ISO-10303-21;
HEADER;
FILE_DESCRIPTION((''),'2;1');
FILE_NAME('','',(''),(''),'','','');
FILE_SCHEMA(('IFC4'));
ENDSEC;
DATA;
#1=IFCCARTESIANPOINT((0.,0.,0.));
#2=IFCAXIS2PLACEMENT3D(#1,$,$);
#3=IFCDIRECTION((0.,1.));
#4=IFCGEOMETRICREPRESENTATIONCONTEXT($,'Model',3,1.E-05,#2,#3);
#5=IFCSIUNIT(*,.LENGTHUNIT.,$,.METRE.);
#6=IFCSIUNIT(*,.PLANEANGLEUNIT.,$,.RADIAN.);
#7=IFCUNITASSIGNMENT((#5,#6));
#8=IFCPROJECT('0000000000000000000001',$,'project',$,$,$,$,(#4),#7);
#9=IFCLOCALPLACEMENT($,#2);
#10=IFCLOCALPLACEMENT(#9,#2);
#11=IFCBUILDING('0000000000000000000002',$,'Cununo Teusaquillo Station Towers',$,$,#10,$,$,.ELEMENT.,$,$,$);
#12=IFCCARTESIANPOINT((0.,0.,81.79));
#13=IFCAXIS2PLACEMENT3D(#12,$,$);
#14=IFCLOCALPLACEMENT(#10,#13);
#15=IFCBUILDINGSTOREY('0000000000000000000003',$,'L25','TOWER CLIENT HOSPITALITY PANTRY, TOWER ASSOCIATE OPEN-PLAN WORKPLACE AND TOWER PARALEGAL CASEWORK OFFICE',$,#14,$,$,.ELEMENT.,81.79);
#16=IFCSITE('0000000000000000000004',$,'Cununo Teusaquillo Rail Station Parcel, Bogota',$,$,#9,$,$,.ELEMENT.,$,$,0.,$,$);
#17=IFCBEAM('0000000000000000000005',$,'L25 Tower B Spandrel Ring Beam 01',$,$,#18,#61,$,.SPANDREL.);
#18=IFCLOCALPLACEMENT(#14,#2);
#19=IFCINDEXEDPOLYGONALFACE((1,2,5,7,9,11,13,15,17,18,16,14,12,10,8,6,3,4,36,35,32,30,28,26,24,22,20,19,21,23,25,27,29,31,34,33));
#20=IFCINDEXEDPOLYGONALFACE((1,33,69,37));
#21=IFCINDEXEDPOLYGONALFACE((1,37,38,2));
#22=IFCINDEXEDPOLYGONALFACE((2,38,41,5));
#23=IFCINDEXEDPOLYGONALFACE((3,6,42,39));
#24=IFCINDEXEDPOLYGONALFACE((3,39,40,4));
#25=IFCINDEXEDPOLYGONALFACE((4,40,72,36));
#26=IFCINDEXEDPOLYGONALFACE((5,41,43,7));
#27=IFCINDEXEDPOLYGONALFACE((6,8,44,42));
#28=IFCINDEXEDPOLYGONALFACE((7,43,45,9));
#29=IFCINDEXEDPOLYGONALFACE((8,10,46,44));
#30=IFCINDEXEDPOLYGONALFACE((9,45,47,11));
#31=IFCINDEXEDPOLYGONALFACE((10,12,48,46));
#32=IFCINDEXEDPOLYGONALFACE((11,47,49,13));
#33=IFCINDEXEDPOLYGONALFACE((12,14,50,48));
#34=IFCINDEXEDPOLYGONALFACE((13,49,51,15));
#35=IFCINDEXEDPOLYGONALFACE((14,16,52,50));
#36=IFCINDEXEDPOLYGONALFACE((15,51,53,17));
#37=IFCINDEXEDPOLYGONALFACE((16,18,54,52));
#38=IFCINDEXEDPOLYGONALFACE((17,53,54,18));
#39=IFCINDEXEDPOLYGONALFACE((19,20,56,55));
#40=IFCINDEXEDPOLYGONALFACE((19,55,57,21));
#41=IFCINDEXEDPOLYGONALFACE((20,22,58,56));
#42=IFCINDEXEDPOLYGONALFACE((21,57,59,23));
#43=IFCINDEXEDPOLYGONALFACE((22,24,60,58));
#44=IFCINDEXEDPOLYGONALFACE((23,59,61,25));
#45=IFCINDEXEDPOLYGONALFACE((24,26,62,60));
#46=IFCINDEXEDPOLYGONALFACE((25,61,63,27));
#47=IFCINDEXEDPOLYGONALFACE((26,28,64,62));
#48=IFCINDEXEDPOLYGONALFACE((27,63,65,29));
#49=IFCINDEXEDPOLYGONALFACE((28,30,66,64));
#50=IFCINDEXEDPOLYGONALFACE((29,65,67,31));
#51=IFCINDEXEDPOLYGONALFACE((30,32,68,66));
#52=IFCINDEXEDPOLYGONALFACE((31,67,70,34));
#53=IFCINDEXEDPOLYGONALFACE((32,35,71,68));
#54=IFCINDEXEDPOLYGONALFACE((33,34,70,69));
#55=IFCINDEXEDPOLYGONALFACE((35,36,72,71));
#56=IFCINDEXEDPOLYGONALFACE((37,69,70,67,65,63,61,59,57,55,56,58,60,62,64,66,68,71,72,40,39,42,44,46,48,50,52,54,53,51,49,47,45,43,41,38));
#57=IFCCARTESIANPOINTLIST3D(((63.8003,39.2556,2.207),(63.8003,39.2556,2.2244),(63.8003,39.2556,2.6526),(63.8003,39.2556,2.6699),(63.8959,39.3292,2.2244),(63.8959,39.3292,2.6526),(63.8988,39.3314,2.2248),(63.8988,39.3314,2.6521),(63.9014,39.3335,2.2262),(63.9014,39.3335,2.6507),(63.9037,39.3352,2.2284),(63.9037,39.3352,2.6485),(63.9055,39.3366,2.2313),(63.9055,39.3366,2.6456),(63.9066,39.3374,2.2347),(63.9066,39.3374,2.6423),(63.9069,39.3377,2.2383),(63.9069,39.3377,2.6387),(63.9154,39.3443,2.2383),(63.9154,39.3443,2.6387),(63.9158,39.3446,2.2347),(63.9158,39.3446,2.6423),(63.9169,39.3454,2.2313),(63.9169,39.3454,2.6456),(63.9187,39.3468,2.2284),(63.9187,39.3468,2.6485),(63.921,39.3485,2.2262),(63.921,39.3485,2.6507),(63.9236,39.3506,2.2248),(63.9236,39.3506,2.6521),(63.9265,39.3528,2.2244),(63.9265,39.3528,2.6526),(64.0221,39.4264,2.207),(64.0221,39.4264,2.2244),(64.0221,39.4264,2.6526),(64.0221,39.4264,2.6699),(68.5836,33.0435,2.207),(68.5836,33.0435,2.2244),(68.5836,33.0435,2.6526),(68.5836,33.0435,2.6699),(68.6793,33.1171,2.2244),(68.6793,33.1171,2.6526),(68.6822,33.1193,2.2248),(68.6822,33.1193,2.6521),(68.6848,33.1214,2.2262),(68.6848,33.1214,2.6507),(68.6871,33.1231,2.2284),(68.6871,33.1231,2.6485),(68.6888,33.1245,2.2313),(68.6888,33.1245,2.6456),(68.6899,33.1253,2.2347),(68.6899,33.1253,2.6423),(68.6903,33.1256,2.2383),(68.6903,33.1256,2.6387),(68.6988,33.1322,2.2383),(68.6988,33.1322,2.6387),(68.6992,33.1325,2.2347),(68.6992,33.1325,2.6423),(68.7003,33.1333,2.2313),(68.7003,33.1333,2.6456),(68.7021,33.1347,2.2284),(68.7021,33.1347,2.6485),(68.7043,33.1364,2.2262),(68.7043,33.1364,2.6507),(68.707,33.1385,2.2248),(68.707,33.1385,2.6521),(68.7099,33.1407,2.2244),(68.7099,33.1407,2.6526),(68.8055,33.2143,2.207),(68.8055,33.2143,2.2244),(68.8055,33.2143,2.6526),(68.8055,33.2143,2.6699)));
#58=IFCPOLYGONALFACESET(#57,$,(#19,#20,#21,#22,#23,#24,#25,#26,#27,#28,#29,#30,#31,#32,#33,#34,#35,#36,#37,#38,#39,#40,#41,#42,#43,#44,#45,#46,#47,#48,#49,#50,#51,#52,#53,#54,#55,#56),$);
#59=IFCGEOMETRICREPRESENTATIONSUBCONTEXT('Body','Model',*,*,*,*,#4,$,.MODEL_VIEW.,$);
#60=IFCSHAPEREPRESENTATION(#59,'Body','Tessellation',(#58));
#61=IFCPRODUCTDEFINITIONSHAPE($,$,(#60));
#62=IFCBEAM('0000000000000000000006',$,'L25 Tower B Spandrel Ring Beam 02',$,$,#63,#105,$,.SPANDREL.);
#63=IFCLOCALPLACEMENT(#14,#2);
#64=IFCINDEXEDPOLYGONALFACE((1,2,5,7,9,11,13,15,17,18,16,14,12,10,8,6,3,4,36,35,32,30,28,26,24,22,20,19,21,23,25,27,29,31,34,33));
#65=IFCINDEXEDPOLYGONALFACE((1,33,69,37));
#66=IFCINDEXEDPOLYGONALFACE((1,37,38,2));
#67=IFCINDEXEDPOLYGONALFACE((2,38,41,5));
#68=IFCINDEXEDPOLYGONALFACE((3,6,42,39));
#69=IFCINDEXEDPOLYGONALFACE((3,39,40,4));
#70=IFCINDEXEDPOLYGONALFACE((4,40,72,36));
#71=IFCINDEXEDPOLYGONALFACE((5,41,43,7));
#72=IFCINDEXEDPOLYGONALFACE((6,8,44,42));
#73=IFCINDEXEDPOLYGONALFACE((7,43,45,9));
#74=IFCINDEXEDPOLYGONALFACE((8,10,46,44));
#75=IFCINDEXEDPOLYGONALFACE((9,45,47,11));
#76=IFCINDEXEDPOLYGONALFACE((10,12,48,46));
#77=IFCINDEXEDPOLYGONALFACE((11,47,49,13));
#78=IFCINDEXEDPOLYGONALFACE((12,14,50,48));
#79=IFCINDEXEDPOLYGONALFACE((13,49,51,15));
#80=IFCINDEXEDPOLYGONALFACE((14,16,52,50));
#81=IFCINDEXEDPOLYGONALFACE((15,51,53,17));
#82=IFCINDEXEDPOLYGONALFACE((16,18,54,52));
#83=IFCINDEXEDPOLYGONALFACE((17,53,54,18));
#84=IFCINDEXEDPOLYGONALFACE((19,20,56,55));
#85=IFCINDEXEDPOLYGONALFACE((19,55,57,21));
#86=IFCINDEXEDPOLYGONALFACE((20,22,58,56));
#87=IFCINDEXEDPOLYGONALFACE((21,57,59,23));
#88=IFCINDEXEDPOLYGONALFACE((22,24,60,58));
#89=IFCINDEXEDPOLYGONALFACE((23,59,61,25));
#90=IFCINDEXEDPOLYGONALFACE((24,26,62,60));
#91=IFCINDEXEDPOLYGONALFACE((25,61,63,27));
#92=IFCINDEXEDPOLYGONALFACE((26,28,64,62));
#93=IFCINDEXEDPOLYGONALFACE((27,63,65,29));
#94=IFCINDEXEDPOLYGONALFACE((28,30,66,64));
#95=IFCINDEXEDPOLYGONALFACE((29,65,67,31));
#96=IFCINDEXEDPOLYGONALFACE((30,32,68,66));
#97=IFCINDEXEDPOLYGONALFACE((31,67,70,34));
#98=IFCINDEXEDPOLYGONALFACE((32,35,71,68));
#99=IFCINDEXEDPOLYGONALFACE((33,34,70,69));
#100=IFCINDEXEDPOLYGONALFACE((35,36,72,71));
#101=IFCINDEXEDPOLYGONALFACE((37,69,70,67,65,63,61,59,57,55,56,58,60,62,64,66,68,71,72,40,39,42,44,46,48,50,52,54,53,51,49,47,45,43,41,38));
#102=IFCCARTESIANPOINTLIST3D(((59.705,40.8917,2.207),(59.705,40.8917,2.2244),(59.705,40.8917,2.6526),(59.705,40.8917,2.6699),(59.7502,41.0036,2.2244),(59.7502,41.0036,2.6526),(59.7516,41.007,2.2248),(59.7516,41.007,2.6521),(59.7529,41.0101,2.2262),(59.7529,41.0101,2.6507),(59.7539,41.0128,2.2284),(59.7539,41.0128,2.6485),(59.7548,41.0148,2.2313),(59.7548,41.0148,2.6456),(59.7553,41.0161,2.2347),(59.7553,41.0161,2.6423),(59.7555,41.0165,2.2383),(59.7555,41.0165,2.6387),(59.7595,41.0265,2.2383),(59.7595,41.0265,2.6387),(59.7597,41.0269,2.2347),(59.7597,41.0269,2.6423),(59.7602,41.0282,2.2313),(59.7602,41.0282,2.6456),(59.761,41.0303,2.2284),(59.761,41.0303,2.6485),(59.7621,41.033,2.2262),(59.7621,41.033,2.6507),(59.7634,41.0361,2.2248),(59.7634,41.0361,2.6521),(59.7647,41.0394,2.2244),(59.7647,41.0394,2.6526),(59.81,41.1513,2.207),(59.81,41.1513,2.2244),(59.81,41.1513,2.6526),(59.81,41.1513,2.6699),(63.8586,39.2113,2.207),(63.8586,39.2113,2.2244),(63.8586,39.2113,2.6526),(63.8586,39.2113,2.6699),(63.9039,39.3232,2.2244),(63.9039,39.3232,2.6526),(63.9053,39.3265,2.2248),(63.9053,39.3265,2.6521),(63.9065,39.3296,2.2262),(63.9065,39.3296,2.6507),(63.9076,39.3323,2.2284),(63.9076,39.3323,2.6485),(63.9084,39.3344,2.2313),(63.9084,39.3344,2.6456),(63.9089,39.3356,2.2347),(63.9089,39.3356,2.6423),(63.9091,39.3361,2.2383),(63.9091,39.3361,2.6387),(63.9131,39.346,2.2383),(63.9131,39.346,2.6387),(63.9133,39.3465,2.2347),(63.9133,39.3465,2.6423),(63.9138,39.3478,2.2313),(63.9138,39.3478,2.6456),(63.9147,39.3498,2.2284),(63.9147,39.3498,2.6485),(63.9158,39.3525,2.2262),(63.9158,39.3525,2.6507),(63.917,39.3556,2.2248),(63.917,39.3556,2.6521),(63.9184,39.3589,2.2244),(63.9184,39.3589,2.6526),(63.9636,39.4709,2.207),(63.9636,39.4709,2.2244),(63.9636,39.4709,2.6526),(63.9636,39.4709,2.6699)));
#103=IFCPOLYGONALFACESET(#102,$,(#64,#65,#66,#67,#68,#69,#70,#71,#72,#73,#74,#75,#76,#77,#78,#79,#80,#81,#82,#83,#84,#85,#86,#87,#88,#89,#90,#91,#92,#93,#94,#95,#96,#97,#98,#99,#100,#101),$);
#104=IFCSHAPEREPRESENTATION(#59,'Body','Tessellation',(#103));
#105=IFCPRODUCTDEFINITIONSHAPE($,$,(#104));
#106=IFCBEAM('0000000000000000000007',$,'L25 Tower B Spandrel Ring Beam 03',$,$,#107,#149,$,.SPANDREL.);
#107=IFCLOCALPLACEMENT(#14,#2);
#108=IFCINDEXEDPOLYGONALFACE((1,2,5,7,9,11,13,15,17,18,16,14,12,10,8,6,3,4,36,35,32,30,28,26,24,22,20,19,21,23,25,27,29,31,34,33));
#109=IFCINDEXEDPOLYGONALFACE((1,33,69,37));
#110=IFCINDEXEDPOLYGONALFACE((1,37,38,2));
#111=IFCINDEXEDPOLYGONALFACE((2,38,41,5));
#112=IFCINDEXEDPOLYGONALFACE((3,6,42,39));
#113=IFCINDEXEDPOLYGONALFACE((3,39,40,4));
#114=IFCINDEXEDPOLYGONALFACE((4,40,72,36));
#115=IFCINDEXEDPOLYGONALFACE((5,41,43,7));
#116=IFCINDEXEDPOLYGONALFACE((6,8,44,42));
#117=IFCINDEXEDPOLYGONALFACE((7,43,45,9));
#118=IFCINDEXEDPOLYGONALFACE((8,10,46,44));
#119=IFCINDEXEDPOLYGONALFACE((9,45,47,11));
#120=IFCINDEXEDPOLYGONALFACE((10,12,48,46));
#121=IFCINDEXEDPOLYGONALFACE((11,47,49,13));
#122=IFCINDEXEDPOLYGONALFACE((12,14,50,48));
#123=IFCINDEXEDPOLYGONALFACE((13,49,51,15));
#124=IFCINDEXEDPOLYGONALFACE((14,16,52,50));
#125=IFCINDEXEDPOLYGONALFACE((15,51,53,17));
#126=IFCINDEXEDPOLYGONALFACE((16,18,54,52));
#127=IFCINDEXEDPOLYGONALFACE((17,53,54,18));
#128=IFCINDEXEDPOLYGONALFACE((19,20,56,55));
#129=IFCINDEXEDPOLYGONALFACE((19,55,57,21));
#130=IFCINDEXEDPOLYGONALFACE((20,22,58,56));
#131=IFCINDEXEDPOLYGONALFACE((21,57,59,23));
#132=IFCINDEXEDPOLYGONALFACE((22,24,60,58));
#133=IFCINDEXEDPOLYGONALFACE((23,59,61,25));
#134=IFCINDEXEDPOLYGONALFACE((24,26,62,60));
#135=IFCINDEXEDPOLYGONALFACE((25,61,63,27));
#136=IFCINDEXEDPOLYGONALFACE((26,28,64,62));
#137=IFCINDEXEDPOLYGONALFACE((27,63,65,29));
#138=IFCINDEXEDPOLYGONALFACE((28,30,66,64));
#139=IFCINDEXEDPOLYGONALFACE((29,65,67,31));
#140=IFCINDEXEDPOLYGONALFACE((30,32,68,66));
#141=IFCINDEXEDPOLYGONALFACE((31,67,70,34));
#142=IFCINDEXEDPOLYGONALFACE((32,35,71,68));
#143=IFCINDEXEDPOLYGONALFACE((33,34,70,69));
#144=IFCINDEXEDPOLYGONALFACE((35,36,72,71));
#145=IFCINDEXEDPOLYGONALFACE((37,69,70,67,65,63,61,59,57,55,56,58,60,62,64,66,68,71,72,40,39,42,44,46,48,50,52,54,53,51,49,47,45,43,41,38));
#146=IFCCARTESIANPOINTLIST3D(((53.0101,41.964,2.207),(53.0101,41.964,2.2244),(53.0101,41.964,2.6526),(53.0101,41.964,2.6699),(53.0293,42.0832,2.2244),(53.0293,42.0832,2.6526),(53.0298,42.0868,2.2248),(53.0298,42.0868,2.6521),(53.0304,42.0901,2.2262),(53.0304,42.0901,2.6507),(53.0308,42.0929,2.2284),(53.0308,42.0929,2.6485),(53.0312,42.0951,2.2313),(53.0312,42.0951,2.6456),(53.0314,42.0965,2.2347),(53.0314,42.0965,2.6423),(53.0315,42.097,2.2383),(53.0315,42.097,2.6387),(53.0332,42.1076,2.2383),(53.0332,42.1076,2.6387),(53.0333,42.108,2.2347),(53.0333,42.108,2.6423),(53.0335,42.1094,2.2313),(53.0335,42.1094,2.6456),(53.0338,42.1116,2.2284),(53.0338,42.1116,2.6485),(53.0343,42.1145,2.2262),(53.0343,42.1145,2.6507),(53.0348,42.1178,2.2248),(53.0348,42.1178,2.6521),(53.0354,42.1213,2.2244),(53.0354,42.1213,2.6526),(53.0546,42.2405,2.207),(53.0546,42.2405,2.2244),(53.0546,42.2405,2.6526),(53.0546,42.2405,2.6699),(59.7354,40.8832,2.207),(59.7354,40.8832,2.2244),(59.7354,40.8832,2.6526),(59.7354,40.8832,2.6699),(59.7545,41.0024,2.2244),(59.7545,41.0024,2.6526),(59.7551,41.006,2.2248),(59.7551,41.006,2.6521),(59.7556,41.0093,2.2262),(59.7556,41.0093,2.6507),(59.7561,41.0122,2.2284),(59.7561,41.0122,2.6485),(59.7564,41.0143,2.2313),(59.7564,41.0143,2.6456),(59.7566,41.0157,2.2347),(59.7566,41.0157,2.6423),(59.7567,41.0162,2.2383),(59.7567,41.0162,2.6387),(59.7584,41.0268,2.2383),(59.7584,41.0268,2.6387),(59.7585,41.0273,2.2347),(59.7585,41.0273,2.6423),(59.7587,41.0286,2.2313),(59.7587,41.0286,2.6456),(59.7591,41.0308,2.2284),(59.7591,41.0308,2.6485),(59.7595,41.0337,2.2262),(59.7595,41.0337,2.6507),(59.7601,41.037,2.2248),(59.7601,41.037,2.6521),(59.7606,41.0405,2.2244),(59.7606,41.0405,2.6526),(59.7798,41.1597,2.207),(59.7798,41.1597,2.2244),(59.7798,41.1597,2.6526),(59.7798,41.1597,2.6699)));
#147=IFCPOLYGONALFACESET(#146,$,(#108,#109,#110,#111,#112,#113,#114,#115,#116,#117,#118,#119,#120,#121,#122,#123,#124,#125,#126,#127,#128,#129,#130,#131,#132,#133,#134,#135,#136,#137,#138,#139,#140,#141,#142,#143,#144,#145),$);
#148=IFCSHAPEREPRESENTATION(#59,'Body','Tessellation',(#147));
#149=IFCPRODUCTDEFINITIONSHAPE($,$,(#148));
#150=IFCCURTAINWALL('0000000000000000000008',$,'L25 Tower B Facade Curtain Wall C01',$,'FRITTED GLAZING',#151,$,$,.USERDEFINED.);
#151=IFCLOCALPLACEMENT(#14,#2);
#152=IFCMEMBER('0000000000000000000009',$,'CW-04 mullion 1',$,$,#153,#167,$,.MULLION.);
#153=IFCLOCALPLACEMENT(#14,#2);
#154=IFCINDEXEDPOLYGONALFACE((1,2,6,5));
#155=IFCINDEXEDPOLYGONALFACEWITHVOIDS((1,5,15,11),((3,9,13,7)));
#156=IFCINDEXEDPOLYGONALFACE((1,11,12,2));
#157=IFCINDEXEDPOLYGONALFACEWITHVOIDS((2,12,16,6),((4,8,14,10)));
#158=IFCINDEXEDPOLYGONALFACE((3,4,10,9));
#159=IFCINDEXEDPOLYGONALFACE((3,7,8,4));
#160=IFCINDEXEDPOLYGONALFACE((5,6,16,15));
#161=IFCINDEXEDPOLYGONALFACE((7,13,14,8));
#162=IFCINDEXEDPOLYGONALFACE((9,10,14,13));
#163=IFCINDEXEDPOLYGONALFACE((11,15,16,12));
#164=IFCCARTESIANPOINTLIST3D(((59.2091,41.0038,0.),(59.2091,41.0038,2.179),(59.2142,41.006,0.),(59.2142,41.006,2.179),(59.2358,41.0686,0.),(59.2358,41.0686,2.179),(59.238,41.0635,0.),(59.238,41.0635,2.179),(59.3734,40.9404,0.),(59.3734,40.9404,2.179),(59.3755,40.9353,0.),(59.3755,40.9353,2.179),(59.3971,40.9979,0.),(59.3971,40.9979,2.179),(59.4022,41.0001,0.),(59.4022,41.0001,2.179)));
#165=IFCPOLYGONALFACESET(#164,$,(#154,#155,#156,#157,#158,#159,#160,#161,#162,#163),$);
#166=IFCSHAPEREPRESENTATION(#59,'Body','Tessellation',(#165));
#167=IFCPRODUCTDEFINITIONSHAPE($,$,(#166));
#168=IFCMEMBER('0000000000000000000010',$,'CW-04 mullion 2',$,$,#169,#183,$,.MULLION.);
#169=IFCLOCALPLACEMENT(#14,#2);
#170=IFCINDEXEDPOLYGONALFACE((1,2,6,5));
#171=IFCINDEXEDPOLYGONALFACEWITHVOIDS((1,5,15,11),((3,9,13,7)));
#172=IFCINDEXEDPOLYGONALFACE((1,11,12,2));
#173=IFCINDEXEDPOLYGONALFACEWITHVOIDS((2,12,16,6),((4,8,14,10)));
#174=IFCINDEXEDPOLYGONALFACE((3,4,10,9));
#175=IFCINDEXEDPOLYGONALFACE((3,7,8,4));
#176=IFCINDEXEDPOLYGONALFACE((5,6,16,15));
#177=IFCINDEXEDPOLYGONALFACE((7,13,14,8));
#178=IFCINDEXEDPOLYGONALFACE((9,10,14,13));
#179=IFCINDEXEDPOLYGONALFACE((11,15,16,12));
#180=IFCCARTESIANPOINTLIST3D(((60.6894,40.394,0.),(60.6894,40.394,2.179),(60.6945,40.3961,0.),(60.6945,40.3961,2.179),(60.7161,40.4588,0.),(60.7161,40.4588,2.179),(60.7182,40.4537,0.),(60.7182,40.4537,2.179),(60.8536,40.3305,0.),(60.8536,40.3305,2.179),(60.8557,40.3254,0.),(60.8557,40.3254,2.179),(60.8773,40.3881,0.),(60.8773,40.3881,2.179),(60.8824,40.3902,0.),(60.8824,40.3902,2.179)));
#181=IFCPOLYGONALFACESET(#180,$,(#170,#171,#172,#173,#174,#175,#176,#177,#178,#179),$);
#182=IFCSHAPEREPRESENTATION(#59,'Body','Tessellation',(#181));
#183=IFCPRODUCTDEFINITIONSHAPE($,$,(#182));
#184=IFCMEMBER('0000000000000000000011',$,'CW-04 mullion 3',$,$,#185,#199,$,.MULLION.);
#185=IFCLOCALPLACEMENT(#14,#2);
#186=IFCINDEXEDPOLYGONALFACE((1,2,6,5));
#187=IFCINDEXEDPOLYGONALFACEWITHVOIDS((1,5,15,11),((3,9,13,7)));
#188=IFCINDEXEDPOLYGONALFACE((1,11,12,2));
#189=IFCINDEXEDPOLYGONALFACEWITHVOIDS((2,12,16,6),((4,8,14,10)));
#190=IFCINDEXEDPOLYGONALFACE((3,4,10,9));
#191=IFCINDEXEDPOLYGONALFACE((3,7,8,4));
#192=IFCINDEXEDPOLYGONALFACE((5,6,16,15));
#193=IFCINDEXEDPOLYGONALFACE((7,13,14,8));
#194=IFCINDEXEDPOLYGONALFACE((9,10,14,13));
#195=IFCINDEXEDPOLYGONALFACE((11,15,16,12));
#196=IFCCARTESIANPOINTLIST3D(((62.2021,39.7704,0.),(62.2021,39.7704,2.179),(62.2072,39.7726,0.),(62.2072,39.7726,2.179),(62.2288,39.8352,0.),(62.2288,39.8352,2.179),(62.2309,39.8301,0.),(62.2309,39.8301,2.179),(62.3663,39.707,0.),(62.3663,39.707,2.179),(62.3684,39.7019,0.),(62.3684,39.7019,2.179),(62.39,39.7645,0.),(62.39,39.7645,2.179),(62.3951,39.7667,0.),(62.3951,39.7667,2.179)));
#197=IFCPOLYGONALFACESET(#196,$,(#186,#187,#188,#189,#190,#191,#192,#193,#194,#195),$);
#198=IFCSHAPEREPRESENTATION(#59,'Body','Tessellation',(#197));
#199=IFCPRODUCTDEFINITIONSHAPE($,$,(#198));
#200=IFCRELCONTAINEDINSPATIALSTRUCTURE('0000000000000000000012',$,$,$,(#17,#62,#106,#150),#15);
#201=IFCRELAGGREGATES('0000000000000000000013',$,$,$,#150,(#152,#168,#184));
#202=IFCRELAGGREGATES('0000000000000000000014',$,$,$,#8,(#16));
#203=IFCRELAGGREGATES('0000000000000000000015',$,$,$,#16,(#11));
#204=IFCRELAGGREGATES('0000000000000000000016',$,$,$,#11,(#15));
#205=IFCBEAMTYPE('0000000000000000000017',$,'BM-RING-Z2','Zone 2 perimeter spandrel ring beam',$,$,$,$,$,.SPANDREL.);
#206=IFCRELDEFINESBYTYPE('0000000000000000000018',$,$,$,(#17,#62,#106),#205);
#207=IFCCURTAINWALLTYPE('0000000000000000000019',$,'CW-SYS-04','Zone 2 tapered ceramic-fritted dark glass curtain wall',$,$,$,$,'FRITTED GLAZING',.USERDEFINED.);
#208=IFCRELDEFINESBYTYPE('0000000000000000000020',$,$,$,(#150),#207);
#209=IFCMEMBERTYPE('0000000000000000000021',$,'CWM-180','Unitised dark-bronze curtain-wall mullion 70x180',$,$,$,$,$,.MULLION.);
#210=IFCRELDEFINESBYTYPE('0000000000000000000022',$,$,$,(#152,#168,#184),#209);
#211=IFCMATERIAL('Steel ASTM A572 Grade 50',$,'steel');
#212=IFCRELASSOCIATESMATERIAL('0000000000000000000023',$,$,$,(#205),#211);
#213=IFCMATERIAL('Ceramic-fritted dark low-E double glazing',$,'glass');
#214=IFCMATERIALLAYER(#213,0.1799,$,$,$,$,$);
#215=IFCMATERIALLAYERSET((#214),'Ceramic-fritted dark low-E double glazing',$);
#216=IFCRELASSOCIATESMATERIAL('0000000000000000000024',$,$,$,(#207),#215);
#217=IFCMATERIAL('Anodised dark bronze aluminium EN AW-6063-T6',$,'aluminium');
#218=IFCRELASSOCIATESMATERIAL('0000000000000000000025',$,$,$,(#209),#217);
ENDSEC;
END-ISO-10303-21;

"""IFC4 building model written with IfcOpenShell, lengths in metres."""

from ifc_helpers import new_model, si_unit, direction, frame, origin, origin_2d, place, context, subcontext, project, spatial, hollow_rectangle, i_section, extrude, material, layer, layer_set, material_profile, profile_set, type_object, element, aggregate, save


model = new_model("IFC4")

# Units and contexts
model_context = context("Model", 3, precision=1e-05, world=origin(), true_north=direction((0.0, 1.0)))
body_context = subcontext(model_context, "Body", "Model", "MODEL_VIEW")
ifc_project = project(units=[si_unit("LENGTHUNIT", "METRE"), si_unit("PLANEANGLEUNIT", "RADIAN")], contexts=[model_context])

# Site, building, storey
site_placement = place(None, origin())
site = spatial("IfcSite", under=ifc_project, at=site_placement, Name="Cununo Teusaquillo Rail Station Parcel, Bogota", CompositionType="ELEMENT", RefElevation=0.0)
building_placement = place(site_placement, origin())
building = spatial("IfcBuilding", under=site, at=building_placement, Name="Cununo Teusaquillo Station Towers", CompositionType="ELEMENT")
storey_placement = place(building_placement, frame((0.0, 0.0, 81.79)))
storey = spatial("IfcBuildingStorey", under=building, at=storey_placement, Name="L25", Description="TOWER CLIENT HOSPITALITY PANTRY, TOWER ASSOCIATE OPEN-PLAN WORKPLACE AND TOWER PARALEGAL CASEWORK OFFICE", CompositionType="ELEMENT", Elevation=81.79)

# Beams
ifc_material_1 = material(Name="Steel ASTM A572 Grade 50", Category="steel")
ifc_material_profile_1 = material_profile(ifc_material_1, i_section(OverallWidth=0.28, OverallDepth=0.4629, WebThickness=0.0107, FlangeThickness=0.0173, FilletRadius=0.0139, at=origin_2d()), Name="W18X76")
ifc_profile_set_1 = profile_set([ifc_material_profile_1], Name="Steel ASTM A572 Grade 50")
beam_type = type_object("IfcBeamType", Name="BM-RING-Z2", Description="Zone 2 perimeter spandrel ring beam", PredefinedType="SPANDREL", material=ifc_profile_set_1)
beam_1_placement = place(storey_placement, frame((68.6946, 33.1289, 2.4385), z_axis=(-0.6101, 0.792324, 0.0), x_axis=(-0.792324, -0.6101, 0.0)))
element("IfcBeam", 1, at=beam_1_placement, inside=storey, type_object=beam_type, Name="L25 Tower B Spandrel Ring Beam 01", PredefinedType="SPANDREL", context=body_context, shape_type="SweptSolid", body=[
    extrude(i_section(OverallWidth=0.28, OverallDepth=0.4629, WebThickness=0.0107, FlangeThickness=0.0173, FilletRadius=0.0139, at=origin_2d()), origin(), (0.0, 0.0, 1.0), 7.8403),
])
beam_2_placement = place(storey_placement, frame((63.9111, 39.3411, 2.4385), z_axis=(-0.927008, 0.375042, 0.0), x_axis=(-0.375042, -0.927008, 0.0)))
element("IfcBeam", 2, at=beam_2_placement, inside=storey, type_object=beam_type, Name="L25 Tower B Spandrel Ring Beam 02", PredefinedType="SPANDREL", context=body_context, shape_type="SweptSolid", body=[
    extrude(i_section(OverallWidth=0.28, OverallDepth=0.4629, WebThickness=0.0107, FlangeThickness=0.0173, FilletRadius=0.0139, at=origin_2d()), origin(), (0.0, 0.0, 1.0), 4.4807),
])
beam_3_placement = place(storey_placement, frame((59.7576, 41.0215, 2.4385), z_axis=(-0.987331, 0.158671, 0.0), x_axis=(-0.158671, -0.987331, 0.0)))
element("IfcBeam", 3, at=beam_3_placement, inside=storey, type_object=beam_type, Name="L25 Tower B Spandrel Ring Beam 03", PredefinedType="SPANDREL", context=body_context, shape_type="SweptSolid", body=[
    extrude(i_section(OverallWidth=0.28, OverallDepth=0.4629, WebThickness=0.0107, FlangeThickness=0.0173, FilletRadius=0.0139, at=origin_2d()), origin(), (0.0, 0.0, 1.0), 6.8115),
])

# Curtain wall, members
ifc_material_2 = material(Name="Ceramic-fritted dark low-E double glazing", Category="glass")
ifc_layer_1 = layer(ifc_material_2, 0.1799)
ifc_layer_set_1 = layer_set([ifc_layer_1], Name="Ceramic-fritted dark low-E double glazing")
curtain_wall_type = type_object("IfcCurtainWallType", Name="CW-SYS-04", Description="Zone 2 tapered ceramic-fritted dark glass curtain wall", ElementType="FRITTED GLAZING", PredefinedType="USERDEFINED", material=ifc_layer_set_1)
curtain_wall_placement = place(storey_placement, origin())
curtain_wall = element("IfcCurtainWall", 4, at=curtain_wall_placement, inside=storey, type_object=curtain_wall_type, Name="L25 Tower B Facade Curtain Wall C01", ObjectType="FRITTED GLAZING", PredefinedType="USERDEFINED")
ifc_material_3 = material(Name="Anodised dark bronze aluminium EN AW-6063-T6", Category="aluminium")
ifc_material_profile_2 = material_profile(ifc_material_3, hollow_rectangle(XDim=0.0701, YDim=0.1799, WallThickness=0.0039, at=origin_2d()), Name="CW-MULL-70x180")
ifc_profile_set_2 = profile_set([ifc_material_profile_2], Name="Anodised dark bronze aluminium EN AW-6063-T6")
member_type_1 = type_object("IfcMemberType", Name="CWM-180", Description="Unitised dark-bronze curtain-wall mullion 70x180", PredefinedType="MULLION", material=ifc_profile_set_2)
member_1_placement = place(storey_placement, frame((59.3057, 41.002, 0.0), z_axis=(0.0, 0.0, 1.0), x_axis=(0.381031, 0.924562, 0.0)))
member_1 = element("IfcMember", 5, at=member_1_placement, type_object=member_type_1, Name="CW-04 mullion 1", PredefinedType="MULLION", context=body_context, shape_type="SweptSolid", body=[
    extrude(hollow_rectangle(XDim=0.0701, YDim=0.1799, WallThickness=0.0039, at=origin_2d()), origin(), (0.0, 0.0, 1.0), 2.179),
])
member_2_placement = place(storey_placement, frame((60.7859, 40.3921, 0.0), z_axis=(0.0, 0.0, 1.0), x_axis=(0.381031, 0.924562, 0.0)))
member_2 = element("IfcMember", 6, at=member_2_placement, type_object=member_type_1, Name="CW-04 mullion 2", PredefinedType="MULLION", context=body_context, shape_type="SweptSolid", body=[
    extrude(hollow_rectangle(XDim=0.0701, YDim=0.1799, WallThickness=0.0039, at=origin_2d()), origin(), (0.0, 0.0, 1.0), 2.179),
])
member_3_placement = place(storey_placement, frame((62.2986, 39.7686, 0.0), z_axis=(0.0, 0.0, 1.0), x_axis=(0.381031, 0.924562, 0.0)))
member_3 = element("IfcMember", 7, at=member_3_placement, type_object=member_type_1, Name="CW-04 mullion 3", PredefinedType="MULLION", context=body_context, shape_type="SweptSolid", body=[
    extrude(hollow_rectangle(XDim=0.0701, YDim=0.1799, WallThickness=0.0039, at=origin_2d()), origin(), (0.0, 0.0, 1.0), 2.179),
])

aggregate(curtain_wall, [member_1, member_2, member_3])

save(model, "model.ifc")
